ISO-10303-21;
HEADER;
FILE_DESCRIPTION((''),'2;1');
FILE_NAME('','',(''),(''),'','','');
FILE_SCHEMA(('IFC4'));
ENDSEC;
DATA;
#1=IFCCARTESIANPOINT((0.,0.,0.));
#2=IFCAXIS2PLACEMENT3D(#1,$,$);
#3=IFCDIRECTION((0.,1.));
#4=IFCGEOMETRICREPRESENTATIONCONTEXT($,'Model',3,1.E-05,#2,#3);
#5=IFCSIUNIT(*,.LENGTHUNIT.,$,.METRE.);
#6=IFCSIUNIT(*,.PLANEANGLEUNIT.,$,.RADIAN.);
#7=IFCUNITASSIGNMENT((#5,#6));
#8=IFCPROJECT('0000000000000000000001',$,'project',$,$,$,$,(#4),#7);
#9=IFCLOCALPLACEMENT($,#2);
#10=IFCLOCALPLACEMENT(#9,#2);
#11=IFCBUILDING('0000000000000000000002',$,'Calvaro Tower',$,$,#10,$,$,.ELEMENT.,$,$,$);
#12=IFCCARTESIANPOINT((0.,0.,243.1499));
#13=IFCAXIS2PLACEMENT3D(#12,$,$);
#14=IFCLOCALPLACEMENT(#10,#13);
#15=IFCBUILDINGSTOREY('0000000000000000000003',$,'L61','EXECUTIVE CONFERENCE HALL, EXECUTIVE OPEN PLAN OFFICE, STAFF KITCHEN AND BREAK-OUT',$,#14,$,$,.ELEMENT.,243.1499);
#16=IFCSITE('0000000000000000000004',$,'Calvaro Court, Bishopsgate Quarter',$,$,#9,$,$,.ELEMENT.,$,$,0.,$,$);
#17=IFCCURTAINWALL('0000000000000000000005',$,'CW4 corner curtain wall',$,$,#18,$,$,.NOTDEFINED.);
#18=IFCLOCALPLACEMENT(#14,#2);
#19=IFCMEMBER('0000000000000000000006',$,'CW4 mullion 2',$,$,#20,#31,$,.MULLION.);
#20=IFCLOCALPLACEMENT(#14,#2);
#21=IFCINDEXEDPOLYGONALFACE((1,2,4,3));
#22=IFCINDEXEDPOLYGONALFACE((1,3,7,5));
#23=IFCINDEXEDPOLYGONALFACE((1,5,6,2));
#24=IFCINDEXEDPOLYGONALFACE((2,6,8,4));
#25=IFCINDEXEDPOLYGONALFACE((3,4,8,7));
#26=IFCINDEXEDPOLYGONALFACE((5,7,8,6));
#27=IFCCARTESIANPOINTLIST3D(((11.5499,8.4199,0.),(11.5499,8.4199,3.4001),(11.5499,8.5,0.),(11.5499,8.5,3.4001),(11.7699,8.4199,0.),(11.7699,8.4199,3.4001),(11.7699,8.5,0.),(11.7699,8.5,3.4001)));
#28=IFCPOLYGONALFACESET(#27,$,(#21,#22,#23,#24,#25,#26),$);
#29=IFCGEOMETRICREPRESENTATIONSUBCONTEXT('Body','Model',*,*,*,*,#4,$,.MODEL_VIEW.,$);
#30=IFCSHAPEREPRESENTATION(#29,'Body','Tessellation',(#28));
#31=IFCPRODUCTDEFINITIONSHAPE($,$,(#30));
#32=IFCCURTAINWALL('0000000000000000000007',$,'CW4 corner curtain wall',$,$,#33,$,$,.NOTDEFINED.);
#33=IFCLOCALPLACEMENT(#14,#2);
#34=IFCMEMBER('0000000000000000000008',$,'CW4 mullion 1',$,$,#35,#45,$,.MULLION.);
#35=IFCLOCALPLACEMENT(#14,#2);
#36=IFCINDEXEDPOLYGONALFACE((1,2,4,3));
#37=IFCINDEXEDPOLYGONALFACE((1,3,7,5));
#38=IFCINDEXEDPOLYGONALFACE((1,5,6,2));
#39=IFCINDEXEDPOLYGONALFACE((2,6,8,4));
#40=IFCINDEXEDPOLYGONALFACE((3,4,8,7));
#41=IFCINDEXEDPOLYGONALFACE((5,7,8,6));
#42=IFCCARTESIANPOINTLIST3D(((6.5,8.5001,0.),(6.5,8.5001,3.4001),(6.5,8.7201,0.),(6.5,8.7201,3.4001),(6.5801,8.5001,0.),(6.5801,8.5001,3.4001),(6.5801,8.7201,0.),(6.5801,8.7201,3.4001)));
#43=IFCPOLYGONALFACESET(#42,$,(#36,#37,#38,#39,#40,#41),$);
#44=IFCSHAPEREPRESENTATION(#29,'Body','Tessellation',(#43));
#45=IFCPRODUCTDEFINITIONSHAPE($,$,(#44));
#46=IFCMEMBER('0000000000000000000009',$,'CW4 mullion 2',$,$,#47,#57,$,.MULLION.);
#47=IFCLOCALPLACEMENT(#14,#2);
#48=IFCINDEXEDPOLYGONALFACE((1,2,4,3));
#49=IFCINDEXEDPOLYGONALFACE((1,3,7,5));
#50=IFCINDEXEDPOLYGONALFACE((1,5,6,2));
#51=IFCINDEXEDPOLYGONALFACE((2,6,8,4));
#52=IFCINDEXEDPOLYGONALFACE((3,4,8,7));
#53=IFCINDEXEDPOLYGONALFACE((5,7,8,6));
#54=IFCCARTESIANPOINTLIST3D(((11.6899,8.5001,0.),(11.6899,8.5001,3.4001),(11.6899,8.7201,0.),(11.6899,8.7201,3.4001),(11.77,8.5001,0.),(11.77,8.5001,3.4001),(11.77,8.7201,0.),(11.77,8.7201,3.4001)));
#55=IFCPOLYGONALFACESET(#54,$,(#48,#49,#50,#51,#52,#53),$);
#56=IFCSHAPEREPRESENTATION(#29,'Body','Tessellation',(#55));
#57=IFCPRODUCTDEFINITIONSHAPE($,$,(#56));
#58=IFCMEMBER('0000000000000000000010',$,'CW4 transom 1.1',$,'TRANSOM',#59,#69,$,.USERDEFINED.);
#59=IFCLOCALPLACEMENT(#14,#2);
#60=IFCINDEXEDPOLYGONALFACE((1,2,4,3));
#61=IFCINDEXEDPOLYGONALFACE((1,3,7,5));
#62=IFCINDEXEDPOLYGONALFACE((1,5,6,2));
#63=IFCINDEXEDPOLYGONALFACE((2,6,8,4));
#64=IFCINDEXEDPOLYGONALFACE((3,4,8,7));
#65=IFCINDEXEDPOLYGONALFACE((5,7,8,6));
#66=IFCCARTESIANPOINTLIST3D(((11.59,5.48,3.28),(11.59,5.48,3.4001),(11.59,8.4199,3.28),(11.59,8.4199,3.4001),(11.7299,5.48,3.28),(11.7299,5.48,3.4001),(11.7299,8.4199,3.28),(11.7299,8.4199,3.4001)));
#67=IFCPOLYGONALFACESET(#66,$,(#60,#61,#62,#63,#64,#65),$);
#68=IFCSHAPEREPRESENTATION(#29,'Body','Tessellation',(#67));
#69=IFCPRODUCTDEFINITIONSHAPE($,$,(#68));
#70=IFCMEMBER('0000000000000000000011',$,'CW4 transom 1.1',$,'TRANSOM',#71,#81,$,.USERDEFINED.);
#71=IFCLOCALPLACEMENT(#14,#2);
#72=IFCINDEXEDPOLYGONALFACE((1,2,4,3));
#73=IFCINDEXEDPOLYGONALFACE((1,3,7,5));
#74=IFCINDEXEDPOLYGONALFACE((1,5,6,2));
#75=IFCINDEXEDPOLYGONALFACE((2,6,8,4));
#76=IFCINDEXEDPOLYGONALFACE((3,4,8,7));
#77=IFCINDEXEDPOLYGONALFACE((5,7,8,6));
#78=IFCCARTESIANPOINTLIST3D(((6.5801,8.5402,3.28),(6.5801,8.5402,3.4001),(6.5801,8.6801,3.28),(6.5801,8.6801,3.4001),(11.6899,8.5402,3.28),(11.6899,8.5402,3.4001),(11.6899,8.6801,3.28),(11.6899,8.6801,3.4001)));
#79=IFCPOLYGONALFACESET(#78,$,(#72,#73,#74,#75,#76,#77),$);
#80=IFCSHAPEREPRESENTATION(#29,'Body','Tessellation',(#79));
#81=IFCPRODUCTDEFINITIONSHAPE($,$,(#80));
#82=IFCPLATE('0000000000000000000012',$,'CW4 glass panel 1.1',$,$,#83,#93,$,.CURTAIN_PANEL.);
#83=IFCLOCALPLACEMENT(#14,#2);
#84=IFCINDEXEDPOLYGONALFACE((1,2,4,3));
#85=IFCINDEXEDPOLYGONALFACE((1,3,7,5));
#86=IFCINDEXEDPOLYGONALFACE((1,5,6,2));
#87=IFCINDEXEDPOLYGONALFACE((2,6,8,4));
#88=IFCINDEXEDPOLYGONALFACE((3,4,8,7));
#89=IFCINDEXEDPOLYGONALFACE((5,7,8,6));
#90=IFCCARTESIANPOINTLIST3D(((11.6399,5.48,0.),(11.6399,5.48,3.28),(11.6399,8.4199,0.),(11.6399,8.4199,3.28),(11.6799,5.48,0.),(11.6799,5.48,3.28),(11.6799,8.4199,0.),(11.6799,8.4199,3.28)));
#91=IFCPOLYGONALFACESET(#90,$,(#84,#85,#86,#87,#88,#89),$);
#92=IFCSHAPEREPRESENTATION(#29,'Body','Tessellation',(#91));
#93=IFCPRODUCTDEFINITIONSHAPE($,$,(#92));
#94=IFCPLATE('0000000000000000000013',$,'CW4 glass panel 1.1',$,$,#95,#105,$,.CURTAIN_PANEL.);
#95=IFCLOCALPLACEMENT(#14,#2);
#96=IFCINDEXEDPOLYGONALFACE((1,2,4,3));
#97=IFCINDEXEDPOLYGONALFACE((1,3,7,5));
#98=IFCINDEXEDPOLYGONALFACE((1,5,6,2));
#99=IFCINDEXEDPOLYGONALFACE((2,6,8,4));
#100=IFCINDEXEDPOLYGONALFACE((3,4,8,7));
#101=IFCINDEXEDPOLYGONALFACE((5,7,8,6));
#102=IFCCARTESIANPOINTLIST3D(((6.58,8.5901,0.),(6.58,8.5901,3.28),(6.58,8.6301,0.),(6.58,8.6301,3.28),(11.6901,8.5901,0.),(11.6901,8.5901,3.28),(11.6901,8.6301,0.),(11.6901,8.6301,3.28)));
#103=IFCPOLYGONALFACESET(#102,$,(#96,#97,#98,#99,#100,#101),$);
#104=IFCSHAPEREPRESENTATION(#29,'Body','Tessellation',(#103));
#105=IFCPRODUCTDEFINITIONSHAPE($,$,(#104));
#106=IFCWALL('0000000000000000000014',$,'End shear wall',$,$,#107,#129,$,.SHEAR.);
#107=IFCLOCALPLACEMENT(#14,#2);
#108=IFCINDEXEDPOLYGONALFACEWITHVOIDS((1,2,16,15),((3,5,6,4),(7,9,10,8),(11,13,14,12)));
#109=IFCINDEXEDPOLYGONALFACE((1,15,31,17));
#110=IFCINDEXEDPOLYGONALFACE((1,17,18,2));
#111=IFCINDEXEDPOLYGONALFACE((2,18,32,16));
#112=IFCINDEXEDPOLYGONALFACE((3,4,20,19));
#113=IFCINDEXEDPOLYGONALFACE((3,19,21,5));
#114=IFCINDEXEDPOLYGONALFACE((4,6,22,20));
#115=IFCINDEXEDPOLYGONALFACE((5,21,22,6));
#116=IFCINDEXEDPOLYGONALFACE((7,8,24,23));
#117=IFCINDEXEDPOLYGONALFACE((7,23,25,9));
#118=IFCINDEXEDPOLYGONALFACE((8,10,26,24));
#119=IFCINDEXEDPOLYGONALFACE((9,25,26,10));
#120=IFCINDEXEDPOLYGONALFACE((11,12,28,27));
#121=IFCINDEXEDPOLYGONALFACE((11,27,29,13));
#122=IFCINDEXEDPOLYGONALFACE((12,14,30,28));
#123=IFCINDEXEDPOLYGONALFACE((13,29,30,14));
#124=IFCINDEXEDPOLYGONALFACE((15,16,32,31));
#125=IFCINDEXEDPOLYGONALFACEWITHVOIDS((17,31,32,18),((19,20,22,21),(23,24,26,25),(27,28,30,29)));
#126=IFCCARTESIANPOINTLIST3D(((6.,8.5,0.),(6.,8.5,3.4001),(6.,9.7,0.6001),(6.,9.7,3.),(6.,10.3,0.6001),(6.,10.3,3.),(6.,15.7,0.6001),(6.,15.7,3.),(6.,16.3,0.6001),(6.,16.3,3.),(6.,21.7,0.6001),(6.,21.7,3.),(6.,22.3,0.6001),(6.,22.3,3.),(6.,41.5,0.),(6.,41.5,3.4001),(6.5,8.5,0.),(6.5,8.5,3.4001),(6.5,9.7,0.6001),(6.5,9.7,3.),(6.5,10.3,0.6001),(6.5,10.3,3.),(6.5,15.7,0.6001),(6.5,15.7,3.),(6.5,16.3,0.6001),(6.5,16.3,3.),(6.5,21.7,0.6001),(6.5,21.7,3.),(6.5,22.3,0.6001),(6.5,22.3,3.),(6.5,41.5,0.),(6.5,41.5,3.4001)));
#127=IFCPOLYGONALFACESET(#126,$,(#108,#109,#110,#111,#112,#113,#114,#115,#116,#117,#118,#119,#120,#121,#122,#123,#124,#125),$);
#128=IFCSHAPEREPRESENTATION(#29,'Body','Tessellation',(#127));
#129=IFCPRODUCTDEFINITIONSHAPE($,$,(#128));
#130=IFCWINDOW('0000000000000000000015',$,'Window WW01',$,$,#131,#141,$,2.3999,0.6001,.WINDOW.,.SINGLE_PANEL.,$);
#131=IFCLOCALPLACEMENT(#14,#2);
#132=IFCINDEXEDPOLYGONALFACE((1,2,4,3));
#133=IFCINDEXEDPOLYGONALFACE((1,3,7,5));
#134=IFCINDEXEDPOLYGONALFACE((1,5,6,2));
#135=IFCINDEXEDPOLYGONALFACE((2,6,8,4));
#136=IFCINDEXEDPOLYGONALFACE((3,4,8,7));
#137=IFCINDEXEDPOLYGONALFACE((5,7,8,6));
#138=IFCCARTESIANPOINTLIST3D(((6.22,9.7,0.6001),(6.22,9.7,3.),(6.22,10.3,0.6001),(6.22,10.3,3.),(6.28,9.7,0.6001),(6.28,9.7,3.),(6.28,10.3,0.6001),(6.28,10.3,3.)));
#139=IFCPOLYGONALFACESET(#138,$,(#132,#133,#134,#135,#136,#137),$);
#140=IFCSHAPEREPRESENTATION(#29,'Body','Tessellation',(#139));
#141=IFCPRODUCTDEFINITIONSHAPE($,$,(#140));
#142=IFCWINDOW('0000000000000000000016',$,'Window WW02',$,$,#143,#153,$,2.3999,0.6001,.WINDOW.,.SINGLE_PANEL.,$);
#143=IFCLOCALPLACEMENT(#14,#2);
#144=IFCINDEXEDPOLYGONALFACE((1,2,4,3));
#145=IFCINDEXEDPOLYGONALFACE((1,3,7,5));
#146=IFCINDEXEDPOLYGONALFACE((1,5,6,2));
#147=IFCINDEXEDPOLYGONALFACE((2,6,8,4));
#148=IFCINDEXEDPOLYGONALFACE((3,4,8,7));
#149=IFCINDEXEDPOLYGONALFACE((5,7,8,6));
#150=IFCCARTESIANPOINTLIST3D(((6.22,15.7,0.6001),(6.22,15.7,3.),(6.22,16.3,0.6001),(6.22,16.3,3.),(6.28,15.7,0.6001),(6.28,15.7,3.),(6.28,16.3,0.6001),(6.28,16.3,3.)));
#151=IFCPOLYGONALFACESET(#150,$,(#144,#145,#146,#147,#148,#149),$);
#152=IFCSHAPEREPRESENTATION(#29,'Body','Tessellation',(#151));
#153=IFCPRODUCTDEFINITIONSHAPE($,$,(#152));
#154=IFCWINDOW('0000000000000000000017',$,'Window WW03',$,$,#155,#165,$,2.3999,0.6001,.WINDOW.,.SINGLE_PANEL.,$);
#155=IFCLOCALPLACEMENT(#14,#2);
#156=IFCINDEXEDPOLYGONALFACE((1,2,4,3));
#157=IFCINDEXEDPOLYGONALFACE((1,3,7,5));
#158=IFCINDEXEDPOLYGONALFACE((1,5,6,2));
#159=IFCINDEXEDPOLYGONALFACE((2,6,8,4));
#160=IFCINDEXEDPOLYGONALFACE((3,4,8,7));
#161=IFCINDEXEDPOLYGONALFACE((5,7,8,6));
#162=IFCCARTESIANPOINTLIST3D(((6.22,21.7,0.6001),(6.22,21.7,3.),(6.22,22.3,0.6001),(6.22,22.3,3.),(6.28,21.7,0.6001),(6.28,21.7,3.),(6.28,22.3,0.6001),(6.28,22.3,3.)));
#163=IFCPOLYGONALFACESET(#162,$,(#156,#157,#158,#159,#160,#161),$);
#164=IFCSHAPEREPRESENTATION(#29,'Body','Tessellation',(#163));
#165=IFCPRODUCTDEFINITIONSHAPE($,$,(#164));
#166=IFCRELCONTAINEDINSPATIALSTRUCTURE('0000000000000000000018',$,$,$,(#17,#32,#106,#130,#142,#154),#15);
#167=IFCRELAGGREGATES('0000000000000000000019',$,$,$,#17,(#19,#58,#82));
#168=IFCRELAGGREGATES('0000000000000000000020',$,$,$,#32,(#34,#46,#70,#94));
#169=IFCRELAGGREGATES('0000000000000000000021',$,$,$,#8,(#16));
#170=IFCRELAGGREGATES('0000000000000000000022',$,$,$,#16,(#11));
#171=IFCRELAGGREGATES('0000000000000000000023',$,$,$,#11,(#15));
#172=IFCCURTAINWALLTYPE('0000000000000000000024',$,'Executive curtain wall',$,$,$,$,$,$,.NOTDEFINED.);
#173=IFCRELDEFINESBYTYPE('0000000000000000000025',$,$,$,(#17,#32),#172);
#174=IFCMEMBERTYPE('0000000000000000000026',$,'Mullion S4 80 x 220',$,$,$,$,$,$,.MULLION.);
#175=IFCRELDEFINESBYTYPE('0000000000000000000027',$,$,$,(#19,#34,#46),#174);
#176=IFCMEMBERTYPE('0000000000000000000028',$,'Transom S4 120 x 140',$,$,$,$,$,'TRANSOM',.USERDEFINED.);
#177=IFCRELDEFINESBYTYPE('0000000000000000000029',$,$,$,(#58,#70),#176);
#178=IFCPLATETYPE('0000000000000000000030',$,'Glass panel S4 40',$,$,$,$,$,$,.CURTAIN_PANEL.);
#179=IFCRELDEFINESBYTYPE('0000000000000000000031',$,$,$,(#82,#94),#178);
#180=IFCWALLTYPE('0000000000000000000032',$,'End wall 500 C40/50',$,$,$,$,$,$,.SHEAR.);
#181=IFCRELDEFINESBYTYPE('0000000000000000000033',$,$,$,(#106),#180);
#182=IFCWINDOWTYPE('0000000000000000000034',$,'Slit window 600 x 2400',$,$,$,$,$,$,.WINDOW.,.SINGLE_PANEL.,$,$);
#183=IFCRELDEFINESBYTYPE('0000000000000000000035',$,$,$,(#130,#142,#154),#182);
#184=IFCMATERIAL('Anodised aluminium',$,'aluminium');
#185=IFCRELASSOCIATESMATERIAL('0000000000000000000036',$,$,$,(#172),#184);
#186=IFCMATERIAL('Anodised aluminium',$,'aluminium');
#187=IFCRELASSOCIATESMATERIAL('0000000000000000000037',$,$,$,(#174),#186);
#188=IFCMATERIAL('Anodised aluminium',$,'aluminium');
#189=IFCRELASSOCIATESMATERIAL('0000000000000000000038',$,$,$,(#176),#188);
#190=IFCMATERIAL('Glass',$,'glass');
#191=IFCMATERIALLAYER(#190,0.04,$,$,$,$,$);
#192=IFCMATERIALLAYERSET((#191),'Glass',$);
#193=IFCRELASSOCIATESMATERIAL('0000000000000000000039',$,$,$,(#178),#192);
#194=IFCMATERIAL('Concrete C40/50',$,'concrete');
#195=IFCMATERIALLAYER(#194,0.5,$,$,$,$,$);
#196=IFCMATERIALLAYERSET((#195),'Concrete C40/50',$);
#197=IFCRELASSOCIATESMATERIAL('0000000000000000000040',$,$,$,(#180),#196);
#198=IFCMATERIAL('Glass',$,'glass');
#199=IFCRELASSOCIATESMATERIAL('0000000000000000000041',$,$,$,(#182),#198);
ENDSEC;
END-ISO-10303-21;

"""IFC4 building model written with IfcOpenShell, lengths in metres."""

from ifc_helpers import new_model, si_unit, direction, frame, frame_2d, origin, origin_2d, place, context, subcontext, project, spatial, rectangle, extrude, material, layer, layer_set, material_profile, profile_set, type_object, element, fill, aggregate, save


model = new_model("IFC4")

# Units and contexts
model_context = context("Model", 3, precision=1e-05, world=origin(), true_north=direction((0.0, 1.0)))
body_context = subcontext(model_context, "Body", "Model", "MODEL_VIEW")
ifc_project = project(units=[si_unit("LENGTHUNIT", "METRE"), si_unit("PLANEANGLEUNIT", "RADIAN")], contexts=[model_context])

# Site, building, storey
site_placement = place(None, origin())
site = spatial("IfcSite", under=ifc_project, at=site_placement, Name="Calvaro Court, Bishopsgate Quarter", CompositionType="ELEMENT", RefElevation=0.0)
building_placement = place(site_placement, origin())
building = spatial("IfcBuilding", under=site, at=building_placement, Name="Calvaro Tower", CompositionType="ELEMENT")
storey_placement = place(building_placement, frame((0.0, 0.0, 243.1499)))
storey = spatial("IfcBuildingStorey", under=building, at=storey_placement, Name="L61", Description="EXECUTIVE CONFERENCE HALL, EXECUTIVE OPEN PLAN OFFICE, STAFF KITCHEN AND BREAK-OUT", CompositionType="ELEMENT", Elevation=243.1499)

# Curtain wall, member
ifc_material_1 = material(Name="Anodised aluminium", Category="aluminium")
curtain_wall_type = type_object("IfcCurtainWallType", Name="Executive curtain wall", PredefinedType="NOTDEFINED", material=ifc_material_1)
curtain_wall_1_placement = place(storey_placement, origin())
curtain_wall_1 = element("IfcCurtainWall", 1, at=curtain_wall_1_placement, inside=storey, type_object=curtain_wall_type, Name="CW4 corner curtain wall", PredefinedType="NOTDEFINED")
ifc_material_2 = material(Name="Anodised aluminium", Category="aluminium")
ifc_material_profile_1 = material_profile(ifc_material_2, rectangle(XDim=0.22, YDim=0.0801, at=origin_2d()), Name="Mullion S4 80 x 220")
ifc_profile_set_1 = profile_set([ifc_material_profile_1], Name="Anodised aluminium")
member_type_1 = type_object("IfcMemberType", Name="Mullion S4 80 x 220", PredefinedType="MULLION", material=ifc_profile_set_1)
member_1_placement = place(storey_placement, frame((11.6599, 8.46, 0.0), z_axis=(0.0, 0.0, 1.0), x_axis=(-1.0, 0.0, 0.0)))
member_1 = element("IfcMember", 2, at=member_1_placement, type_object=member_type_1, Name="CW4 mullion 2", PredefinedType="MULLION", context=body_context, shape_type="SweptSolid", body=[
    extrude(rectangle(XDim=0.22, YDim=0.0801, at=origin_2d()), origin(), (0.0, 0.0, 1.0), 3.4001),
])

# Curtain wall, members
curtain_wall_2_placement = place(storey_placement, origin())
curtain_wall_2 = element("IfcCurtainWall", 3, at=curtain_wall_2_placement, inside=storey, type_object=curtain_wall_type, Name="CW4 corner curtain wall", PredefinedType="NOTDEFINED")
member_2_placement = place(storey_placement, frame((6.54, 8.6101, 0.0), z_axis=(0.0, 0.0, 1.0), x_axis=(0.0, 1.0, 0.0)))
member_2 = element("IfcMember", 4, at=member_2_placement, type_object=member_type_1, Name="CW4 mullion 1", PredefinedType="MULLION", context=body_context, shape_type="SweptSolid", body=[
    extrude(rectangle(XDim=0.22, YDim=0.0801, at=origin_2d()), origin(), (0.0, 0.0, 1.0), 3.4001),
])
member_3_placement = place(storey_placement, frame((11.73, 8.6101, 0.0), z_axis=(0.0, 0.0, 1.0), x_axis=(0.0, 1.0, 0.0)))
member_3 = element("IfcMember", 5, at=member_3_placement, type_object=member_type_1, Name="CW4 mullion 2", PredefinedType="MULLION", context=body_context, shape_type="SweptSolid", body=[
    extrude(rectangle(XDim=0.22, YDim=0.0801, at=origin_2d()), origin(), (0.0, 0.0, 1.0), 3.4001),
])

# Members
ifc_material_3 = material(Name="Anodised aluminium", Category="aluminium")
ifc_material_profile_2 = material_profile(ifc_material_3, rectangle(XDim=0.1399, YDim=0.1201, at=origin_2d()), Name="Transom S4 120 x 140")
ifc_profile_set_2 = profile_set([ifc_material_profile_2], Name="Anodised aluminium")
member_type_2 = type_object("IfcMemberType", Name="Transom S4 120 x 140", ElementType="TRANSOM", PredefinedType="USERDEFINED", material=ifc_profile_set_2)
member_4_placement = place(storey_placement, frame((11.6599, 5.48, 3.3401), z_axis=(0.0, 1.0, 0.0), x_axis=(-1.0, 0.0, 0.0)))
member_4 = element("IfcMember", 6, at=member_4_placement, type_object=member_type_2, Name="CW4 transom 1.1", ObjectType="TRANSOM", PredefinedType="USERDEFINED", context=body_context, shape_type="SweptSolid", body=[
    extrude(rectangle(XDim=0.1399, YDim=0.1201, at=origin_2d()), origin(), (0.0, 0.0, 1.0), 2.9399),
])
member_5_placement = place(storey_placement, frame((6.5801, 8.6101, 3.3401), z_axis=(1.0, 0.0, 0.0), x_axis=(0.0, 1.0, 0.0)))
member_5 = element("IfcMember", 7, at=member_5_placement, type_object=member_type_2, Name="CW4 transom 1.1", ObjectType="TRANSOM", PredefinedType="USERDEFINED", context=body_context, shape_type="SweptSolid", body=[
    extrude(rectangle(XDim=0.1399, YDim=0.1201, at=origin_2d()), origin(), (0.0, 0.0, 1.0), 5.1099),
])

# Plates
ifc_material_4 = material(Name="Glass", Category="glass")
ifc_layer_1 = layer(ifc_material_4, 0.04)
ifc_layer_set_1 = layer_set([ifc_layer_1], Name="Glass")
plate_type = type_object("IfcPlateType", Name="Glass panel S4 40", PredefinedType="CURTAIN_PANEL", material=ifc_layer_set_1)
plate_1_placement = place(storey_placement, frame((11.6599, 6.95, 0.0), z_axis=(0.0, 0.0, 1.0), x_axis=(0.0, 1.0, 0.0)))
plate_1 = element("IfcPlate", 8, at=plate_1_placement, type_object=plate_type, Name="CW4 glass panel 1.1", PredefinedType="CURTAIN_PANEL", context=body_context, shape_type="SweptSolid", body=[
    extrude(rectangle(XDim=2.9399, YDim=0.04, at=origin_2d()), origin(), (0.0, 0.0, 1.0), 3.28),
])
aggregate(curtain_wall_1, [member_1, member_4, plate_1])
plate_2_placement = place(storey_placement, frame((9.135, 8.6101, 0.0), z_axis=(0.0, 0.0, 1.0), x_axis=(1.0, 0.0, 0.0)))
plate_2 = element("IfcPlate", 9, at=plate_2_placement, type_object=plate_type, Name="CW4 glass panel 1.1", PredefinedType="CURTAIN_PANEL", context=body_context, shape_type="SweptSolid", body=[
    extrude(rectangle(XDim=5.1101, YDim=0.04, at=origin_2d()), origin(), (0.0, 0.0, 1.0), 3.28),
])
aggregate(curtain_wall_2, [member_2, member_3, member_5, plate_2])

# Wall, openings, windows
ifc_material_5 = material(Name="Concrete C40/50", Category="concrete")
ifc_layer_2 = layer(ifc_material_5, 0.5)
ifc_layer_set_2 = layer_set([ifc_layer_2], Name="Concrete C40/50")
wall_type = type_object("IfcWallType", Name="End wall 500 C40/50", PredefinedType="SHEAR", material=ifc_layer_set_2)
wall_placement = place(storey_placement, frame((6.25, 8.5, 0.0), z_axis=(0.0, 0.0, 1.0), x_axis=(0.0, 1.0, 0.0)))
wall = element("IfcWall", 10, at=wall_placement, inside=storey, type_object=wall_type, Name="End shear wall", PredefinedType="SHEAR", context=body_context, shape_type="SweptSolid", body=[
    extrude(rectangle(XDim=33.0, YDim=0.5, at=frame_2d((16.5, 0.0))), origin(), (0.0, 0.0, 1.0), 3.4001),
])
opening_1_placement = place(wall_placement, frame((1.2, 0.0, 0.6001)))
opening_1 = element("IfcOpeningElement", 11, at=opening_1_placement, cuts=wall, PredefinedType="OPENING", context=body_context, shape_type="SweptSolid", body=[
    extrude(rectangle(XDim=0.6001, YDim=2.3999, at=frame_2d((0.3, 1.2))), frame((0.0, 0.26, 0.0), z_axis=(0.0, -1.0, 0.0), x_axis=(1.0, 0.0, 0.0)), (0.0, 0.0, 1.0), 0.52),
])
opening_2_placement = place(wall_placement, frame((7.2, 0.0, 0.6001)))
opening_2 = element("IfcOpeningElement", 12, at=opening_2_placement, cuts=wall, PredefinedType="OPENING", context=body_context, shape_type="SweptSolid", body=[
    extrude(rectangle(XDim=0.6001, YDim=2.3999, at=frame_2d((0.3, 1.2))), frame((0.0, 0.26, 0.0), z_axis=(0.0, -1.0, 0.0), x_axis=(1.0, 0.0, 0.0)), (0.0, 0.0, 1.0), 0.52),
])
opening_3_placement = place(wall_placement, frame((13.2, 0.0, 0.6001)))
opening_3 = element("IfcOpeningElement", 13, at=opening_3_placement, cuts=wall, PredefinedType="OPENING", context=body_context, shape_type="SweptSolid", body=[
    extrude(rectangle(XDim=0.6001, YDim=2.3999, at=frame_2d((0.3, 1.2))), frame((0.0, 0.26, 0.0), z_axis=(0.0, -1.0, 0.0), x_axis=(1.0, 0.0, 0.0)), (0.0, 0.0, 1.0), 0.52),
])
ifc_material_6 = material(Name="Glass", Category="glass")
window_type = type_object("IfcWindowType", Name="Slit window 600 x 2400", PartitioningType="SINGLE_PANEL", PredefinedType="WINDOW", material=ifc_material_6)
window_1_placement = place(opening_1_placement, origin())
window_1 = element("IfcWindow", 14, at=window_1_placement, inside=storey, type_object=window_type, Name="Window WW01", OverallHeight=2.3999, OverallWidth=0.6001, PartitioningType="SINGLE_PANEL", PredefinedType="WINDOW", context=body_context, shape_type="SweptSolid", body=[
    extrude(rectangle(XDim=0.6001, YDim=2.3999, at=frame_2d((0.3, 1.2))), frame((0.0, 0.03, 0.0), z_axis=(0.0, -1.0, 0.0), x_axis=(1.0, 0.0, 0.0)), (0.0, 0.0, 1.0), 0.0601),
])
fill(opening_1, window_1)
window_2_placement = place(opening_2_placement, origin())
window_2 = element("IfcWindow", 15, at=window_2_placement, inside=storey, type_object=window_type, Name="Window WW02", OverallHeight=2.3999, OverallWidth=0.6001, PartitioningType="SINGLE_PANEL", PredefinedType="WINDOW", context=body_context, shape_type="SweptSolid", body=[
    extrude(rectangle(XDim=0.6001, YDim=2.3999, at=frame_2d((0.3, 1.2))), frame((0.0, 0.03, 0.0), z_axis=(0.0, -1.0, 0.0), x_axis=(1.0, 0.0, 0.0)), (0.0, 0.0, 1.0), 0.0601),
])
fill(opening_2, window_2)
window_3_placement = place(opening_3_placement, origin())
window_3 = element("IfcWindow", 16, at=window_3_placement, inside=storey, type_object=window_type, Name="Window WW03", OverallHeight=2.3999, OverallWidth=0.6001, PartitioningType="SINGLE_PANEL", PredefinedType="WINDOW", context=body_context, shape_type="SweptSolid", body=[
    extrude(rectangle(XDim=0.6001, YDim=2.3999, at=frame_2d((0.3, 1.2))), frame((0.0, 0.03, 0.0), z_axis=(0.0, -1.0, 0.0), x_axis=(1.0, 0.0, 0.0)), (0.0, 0.0, 1.0), 0.0601),
])
fill(opening_3, window_3)

save(model, "model.ifc")
